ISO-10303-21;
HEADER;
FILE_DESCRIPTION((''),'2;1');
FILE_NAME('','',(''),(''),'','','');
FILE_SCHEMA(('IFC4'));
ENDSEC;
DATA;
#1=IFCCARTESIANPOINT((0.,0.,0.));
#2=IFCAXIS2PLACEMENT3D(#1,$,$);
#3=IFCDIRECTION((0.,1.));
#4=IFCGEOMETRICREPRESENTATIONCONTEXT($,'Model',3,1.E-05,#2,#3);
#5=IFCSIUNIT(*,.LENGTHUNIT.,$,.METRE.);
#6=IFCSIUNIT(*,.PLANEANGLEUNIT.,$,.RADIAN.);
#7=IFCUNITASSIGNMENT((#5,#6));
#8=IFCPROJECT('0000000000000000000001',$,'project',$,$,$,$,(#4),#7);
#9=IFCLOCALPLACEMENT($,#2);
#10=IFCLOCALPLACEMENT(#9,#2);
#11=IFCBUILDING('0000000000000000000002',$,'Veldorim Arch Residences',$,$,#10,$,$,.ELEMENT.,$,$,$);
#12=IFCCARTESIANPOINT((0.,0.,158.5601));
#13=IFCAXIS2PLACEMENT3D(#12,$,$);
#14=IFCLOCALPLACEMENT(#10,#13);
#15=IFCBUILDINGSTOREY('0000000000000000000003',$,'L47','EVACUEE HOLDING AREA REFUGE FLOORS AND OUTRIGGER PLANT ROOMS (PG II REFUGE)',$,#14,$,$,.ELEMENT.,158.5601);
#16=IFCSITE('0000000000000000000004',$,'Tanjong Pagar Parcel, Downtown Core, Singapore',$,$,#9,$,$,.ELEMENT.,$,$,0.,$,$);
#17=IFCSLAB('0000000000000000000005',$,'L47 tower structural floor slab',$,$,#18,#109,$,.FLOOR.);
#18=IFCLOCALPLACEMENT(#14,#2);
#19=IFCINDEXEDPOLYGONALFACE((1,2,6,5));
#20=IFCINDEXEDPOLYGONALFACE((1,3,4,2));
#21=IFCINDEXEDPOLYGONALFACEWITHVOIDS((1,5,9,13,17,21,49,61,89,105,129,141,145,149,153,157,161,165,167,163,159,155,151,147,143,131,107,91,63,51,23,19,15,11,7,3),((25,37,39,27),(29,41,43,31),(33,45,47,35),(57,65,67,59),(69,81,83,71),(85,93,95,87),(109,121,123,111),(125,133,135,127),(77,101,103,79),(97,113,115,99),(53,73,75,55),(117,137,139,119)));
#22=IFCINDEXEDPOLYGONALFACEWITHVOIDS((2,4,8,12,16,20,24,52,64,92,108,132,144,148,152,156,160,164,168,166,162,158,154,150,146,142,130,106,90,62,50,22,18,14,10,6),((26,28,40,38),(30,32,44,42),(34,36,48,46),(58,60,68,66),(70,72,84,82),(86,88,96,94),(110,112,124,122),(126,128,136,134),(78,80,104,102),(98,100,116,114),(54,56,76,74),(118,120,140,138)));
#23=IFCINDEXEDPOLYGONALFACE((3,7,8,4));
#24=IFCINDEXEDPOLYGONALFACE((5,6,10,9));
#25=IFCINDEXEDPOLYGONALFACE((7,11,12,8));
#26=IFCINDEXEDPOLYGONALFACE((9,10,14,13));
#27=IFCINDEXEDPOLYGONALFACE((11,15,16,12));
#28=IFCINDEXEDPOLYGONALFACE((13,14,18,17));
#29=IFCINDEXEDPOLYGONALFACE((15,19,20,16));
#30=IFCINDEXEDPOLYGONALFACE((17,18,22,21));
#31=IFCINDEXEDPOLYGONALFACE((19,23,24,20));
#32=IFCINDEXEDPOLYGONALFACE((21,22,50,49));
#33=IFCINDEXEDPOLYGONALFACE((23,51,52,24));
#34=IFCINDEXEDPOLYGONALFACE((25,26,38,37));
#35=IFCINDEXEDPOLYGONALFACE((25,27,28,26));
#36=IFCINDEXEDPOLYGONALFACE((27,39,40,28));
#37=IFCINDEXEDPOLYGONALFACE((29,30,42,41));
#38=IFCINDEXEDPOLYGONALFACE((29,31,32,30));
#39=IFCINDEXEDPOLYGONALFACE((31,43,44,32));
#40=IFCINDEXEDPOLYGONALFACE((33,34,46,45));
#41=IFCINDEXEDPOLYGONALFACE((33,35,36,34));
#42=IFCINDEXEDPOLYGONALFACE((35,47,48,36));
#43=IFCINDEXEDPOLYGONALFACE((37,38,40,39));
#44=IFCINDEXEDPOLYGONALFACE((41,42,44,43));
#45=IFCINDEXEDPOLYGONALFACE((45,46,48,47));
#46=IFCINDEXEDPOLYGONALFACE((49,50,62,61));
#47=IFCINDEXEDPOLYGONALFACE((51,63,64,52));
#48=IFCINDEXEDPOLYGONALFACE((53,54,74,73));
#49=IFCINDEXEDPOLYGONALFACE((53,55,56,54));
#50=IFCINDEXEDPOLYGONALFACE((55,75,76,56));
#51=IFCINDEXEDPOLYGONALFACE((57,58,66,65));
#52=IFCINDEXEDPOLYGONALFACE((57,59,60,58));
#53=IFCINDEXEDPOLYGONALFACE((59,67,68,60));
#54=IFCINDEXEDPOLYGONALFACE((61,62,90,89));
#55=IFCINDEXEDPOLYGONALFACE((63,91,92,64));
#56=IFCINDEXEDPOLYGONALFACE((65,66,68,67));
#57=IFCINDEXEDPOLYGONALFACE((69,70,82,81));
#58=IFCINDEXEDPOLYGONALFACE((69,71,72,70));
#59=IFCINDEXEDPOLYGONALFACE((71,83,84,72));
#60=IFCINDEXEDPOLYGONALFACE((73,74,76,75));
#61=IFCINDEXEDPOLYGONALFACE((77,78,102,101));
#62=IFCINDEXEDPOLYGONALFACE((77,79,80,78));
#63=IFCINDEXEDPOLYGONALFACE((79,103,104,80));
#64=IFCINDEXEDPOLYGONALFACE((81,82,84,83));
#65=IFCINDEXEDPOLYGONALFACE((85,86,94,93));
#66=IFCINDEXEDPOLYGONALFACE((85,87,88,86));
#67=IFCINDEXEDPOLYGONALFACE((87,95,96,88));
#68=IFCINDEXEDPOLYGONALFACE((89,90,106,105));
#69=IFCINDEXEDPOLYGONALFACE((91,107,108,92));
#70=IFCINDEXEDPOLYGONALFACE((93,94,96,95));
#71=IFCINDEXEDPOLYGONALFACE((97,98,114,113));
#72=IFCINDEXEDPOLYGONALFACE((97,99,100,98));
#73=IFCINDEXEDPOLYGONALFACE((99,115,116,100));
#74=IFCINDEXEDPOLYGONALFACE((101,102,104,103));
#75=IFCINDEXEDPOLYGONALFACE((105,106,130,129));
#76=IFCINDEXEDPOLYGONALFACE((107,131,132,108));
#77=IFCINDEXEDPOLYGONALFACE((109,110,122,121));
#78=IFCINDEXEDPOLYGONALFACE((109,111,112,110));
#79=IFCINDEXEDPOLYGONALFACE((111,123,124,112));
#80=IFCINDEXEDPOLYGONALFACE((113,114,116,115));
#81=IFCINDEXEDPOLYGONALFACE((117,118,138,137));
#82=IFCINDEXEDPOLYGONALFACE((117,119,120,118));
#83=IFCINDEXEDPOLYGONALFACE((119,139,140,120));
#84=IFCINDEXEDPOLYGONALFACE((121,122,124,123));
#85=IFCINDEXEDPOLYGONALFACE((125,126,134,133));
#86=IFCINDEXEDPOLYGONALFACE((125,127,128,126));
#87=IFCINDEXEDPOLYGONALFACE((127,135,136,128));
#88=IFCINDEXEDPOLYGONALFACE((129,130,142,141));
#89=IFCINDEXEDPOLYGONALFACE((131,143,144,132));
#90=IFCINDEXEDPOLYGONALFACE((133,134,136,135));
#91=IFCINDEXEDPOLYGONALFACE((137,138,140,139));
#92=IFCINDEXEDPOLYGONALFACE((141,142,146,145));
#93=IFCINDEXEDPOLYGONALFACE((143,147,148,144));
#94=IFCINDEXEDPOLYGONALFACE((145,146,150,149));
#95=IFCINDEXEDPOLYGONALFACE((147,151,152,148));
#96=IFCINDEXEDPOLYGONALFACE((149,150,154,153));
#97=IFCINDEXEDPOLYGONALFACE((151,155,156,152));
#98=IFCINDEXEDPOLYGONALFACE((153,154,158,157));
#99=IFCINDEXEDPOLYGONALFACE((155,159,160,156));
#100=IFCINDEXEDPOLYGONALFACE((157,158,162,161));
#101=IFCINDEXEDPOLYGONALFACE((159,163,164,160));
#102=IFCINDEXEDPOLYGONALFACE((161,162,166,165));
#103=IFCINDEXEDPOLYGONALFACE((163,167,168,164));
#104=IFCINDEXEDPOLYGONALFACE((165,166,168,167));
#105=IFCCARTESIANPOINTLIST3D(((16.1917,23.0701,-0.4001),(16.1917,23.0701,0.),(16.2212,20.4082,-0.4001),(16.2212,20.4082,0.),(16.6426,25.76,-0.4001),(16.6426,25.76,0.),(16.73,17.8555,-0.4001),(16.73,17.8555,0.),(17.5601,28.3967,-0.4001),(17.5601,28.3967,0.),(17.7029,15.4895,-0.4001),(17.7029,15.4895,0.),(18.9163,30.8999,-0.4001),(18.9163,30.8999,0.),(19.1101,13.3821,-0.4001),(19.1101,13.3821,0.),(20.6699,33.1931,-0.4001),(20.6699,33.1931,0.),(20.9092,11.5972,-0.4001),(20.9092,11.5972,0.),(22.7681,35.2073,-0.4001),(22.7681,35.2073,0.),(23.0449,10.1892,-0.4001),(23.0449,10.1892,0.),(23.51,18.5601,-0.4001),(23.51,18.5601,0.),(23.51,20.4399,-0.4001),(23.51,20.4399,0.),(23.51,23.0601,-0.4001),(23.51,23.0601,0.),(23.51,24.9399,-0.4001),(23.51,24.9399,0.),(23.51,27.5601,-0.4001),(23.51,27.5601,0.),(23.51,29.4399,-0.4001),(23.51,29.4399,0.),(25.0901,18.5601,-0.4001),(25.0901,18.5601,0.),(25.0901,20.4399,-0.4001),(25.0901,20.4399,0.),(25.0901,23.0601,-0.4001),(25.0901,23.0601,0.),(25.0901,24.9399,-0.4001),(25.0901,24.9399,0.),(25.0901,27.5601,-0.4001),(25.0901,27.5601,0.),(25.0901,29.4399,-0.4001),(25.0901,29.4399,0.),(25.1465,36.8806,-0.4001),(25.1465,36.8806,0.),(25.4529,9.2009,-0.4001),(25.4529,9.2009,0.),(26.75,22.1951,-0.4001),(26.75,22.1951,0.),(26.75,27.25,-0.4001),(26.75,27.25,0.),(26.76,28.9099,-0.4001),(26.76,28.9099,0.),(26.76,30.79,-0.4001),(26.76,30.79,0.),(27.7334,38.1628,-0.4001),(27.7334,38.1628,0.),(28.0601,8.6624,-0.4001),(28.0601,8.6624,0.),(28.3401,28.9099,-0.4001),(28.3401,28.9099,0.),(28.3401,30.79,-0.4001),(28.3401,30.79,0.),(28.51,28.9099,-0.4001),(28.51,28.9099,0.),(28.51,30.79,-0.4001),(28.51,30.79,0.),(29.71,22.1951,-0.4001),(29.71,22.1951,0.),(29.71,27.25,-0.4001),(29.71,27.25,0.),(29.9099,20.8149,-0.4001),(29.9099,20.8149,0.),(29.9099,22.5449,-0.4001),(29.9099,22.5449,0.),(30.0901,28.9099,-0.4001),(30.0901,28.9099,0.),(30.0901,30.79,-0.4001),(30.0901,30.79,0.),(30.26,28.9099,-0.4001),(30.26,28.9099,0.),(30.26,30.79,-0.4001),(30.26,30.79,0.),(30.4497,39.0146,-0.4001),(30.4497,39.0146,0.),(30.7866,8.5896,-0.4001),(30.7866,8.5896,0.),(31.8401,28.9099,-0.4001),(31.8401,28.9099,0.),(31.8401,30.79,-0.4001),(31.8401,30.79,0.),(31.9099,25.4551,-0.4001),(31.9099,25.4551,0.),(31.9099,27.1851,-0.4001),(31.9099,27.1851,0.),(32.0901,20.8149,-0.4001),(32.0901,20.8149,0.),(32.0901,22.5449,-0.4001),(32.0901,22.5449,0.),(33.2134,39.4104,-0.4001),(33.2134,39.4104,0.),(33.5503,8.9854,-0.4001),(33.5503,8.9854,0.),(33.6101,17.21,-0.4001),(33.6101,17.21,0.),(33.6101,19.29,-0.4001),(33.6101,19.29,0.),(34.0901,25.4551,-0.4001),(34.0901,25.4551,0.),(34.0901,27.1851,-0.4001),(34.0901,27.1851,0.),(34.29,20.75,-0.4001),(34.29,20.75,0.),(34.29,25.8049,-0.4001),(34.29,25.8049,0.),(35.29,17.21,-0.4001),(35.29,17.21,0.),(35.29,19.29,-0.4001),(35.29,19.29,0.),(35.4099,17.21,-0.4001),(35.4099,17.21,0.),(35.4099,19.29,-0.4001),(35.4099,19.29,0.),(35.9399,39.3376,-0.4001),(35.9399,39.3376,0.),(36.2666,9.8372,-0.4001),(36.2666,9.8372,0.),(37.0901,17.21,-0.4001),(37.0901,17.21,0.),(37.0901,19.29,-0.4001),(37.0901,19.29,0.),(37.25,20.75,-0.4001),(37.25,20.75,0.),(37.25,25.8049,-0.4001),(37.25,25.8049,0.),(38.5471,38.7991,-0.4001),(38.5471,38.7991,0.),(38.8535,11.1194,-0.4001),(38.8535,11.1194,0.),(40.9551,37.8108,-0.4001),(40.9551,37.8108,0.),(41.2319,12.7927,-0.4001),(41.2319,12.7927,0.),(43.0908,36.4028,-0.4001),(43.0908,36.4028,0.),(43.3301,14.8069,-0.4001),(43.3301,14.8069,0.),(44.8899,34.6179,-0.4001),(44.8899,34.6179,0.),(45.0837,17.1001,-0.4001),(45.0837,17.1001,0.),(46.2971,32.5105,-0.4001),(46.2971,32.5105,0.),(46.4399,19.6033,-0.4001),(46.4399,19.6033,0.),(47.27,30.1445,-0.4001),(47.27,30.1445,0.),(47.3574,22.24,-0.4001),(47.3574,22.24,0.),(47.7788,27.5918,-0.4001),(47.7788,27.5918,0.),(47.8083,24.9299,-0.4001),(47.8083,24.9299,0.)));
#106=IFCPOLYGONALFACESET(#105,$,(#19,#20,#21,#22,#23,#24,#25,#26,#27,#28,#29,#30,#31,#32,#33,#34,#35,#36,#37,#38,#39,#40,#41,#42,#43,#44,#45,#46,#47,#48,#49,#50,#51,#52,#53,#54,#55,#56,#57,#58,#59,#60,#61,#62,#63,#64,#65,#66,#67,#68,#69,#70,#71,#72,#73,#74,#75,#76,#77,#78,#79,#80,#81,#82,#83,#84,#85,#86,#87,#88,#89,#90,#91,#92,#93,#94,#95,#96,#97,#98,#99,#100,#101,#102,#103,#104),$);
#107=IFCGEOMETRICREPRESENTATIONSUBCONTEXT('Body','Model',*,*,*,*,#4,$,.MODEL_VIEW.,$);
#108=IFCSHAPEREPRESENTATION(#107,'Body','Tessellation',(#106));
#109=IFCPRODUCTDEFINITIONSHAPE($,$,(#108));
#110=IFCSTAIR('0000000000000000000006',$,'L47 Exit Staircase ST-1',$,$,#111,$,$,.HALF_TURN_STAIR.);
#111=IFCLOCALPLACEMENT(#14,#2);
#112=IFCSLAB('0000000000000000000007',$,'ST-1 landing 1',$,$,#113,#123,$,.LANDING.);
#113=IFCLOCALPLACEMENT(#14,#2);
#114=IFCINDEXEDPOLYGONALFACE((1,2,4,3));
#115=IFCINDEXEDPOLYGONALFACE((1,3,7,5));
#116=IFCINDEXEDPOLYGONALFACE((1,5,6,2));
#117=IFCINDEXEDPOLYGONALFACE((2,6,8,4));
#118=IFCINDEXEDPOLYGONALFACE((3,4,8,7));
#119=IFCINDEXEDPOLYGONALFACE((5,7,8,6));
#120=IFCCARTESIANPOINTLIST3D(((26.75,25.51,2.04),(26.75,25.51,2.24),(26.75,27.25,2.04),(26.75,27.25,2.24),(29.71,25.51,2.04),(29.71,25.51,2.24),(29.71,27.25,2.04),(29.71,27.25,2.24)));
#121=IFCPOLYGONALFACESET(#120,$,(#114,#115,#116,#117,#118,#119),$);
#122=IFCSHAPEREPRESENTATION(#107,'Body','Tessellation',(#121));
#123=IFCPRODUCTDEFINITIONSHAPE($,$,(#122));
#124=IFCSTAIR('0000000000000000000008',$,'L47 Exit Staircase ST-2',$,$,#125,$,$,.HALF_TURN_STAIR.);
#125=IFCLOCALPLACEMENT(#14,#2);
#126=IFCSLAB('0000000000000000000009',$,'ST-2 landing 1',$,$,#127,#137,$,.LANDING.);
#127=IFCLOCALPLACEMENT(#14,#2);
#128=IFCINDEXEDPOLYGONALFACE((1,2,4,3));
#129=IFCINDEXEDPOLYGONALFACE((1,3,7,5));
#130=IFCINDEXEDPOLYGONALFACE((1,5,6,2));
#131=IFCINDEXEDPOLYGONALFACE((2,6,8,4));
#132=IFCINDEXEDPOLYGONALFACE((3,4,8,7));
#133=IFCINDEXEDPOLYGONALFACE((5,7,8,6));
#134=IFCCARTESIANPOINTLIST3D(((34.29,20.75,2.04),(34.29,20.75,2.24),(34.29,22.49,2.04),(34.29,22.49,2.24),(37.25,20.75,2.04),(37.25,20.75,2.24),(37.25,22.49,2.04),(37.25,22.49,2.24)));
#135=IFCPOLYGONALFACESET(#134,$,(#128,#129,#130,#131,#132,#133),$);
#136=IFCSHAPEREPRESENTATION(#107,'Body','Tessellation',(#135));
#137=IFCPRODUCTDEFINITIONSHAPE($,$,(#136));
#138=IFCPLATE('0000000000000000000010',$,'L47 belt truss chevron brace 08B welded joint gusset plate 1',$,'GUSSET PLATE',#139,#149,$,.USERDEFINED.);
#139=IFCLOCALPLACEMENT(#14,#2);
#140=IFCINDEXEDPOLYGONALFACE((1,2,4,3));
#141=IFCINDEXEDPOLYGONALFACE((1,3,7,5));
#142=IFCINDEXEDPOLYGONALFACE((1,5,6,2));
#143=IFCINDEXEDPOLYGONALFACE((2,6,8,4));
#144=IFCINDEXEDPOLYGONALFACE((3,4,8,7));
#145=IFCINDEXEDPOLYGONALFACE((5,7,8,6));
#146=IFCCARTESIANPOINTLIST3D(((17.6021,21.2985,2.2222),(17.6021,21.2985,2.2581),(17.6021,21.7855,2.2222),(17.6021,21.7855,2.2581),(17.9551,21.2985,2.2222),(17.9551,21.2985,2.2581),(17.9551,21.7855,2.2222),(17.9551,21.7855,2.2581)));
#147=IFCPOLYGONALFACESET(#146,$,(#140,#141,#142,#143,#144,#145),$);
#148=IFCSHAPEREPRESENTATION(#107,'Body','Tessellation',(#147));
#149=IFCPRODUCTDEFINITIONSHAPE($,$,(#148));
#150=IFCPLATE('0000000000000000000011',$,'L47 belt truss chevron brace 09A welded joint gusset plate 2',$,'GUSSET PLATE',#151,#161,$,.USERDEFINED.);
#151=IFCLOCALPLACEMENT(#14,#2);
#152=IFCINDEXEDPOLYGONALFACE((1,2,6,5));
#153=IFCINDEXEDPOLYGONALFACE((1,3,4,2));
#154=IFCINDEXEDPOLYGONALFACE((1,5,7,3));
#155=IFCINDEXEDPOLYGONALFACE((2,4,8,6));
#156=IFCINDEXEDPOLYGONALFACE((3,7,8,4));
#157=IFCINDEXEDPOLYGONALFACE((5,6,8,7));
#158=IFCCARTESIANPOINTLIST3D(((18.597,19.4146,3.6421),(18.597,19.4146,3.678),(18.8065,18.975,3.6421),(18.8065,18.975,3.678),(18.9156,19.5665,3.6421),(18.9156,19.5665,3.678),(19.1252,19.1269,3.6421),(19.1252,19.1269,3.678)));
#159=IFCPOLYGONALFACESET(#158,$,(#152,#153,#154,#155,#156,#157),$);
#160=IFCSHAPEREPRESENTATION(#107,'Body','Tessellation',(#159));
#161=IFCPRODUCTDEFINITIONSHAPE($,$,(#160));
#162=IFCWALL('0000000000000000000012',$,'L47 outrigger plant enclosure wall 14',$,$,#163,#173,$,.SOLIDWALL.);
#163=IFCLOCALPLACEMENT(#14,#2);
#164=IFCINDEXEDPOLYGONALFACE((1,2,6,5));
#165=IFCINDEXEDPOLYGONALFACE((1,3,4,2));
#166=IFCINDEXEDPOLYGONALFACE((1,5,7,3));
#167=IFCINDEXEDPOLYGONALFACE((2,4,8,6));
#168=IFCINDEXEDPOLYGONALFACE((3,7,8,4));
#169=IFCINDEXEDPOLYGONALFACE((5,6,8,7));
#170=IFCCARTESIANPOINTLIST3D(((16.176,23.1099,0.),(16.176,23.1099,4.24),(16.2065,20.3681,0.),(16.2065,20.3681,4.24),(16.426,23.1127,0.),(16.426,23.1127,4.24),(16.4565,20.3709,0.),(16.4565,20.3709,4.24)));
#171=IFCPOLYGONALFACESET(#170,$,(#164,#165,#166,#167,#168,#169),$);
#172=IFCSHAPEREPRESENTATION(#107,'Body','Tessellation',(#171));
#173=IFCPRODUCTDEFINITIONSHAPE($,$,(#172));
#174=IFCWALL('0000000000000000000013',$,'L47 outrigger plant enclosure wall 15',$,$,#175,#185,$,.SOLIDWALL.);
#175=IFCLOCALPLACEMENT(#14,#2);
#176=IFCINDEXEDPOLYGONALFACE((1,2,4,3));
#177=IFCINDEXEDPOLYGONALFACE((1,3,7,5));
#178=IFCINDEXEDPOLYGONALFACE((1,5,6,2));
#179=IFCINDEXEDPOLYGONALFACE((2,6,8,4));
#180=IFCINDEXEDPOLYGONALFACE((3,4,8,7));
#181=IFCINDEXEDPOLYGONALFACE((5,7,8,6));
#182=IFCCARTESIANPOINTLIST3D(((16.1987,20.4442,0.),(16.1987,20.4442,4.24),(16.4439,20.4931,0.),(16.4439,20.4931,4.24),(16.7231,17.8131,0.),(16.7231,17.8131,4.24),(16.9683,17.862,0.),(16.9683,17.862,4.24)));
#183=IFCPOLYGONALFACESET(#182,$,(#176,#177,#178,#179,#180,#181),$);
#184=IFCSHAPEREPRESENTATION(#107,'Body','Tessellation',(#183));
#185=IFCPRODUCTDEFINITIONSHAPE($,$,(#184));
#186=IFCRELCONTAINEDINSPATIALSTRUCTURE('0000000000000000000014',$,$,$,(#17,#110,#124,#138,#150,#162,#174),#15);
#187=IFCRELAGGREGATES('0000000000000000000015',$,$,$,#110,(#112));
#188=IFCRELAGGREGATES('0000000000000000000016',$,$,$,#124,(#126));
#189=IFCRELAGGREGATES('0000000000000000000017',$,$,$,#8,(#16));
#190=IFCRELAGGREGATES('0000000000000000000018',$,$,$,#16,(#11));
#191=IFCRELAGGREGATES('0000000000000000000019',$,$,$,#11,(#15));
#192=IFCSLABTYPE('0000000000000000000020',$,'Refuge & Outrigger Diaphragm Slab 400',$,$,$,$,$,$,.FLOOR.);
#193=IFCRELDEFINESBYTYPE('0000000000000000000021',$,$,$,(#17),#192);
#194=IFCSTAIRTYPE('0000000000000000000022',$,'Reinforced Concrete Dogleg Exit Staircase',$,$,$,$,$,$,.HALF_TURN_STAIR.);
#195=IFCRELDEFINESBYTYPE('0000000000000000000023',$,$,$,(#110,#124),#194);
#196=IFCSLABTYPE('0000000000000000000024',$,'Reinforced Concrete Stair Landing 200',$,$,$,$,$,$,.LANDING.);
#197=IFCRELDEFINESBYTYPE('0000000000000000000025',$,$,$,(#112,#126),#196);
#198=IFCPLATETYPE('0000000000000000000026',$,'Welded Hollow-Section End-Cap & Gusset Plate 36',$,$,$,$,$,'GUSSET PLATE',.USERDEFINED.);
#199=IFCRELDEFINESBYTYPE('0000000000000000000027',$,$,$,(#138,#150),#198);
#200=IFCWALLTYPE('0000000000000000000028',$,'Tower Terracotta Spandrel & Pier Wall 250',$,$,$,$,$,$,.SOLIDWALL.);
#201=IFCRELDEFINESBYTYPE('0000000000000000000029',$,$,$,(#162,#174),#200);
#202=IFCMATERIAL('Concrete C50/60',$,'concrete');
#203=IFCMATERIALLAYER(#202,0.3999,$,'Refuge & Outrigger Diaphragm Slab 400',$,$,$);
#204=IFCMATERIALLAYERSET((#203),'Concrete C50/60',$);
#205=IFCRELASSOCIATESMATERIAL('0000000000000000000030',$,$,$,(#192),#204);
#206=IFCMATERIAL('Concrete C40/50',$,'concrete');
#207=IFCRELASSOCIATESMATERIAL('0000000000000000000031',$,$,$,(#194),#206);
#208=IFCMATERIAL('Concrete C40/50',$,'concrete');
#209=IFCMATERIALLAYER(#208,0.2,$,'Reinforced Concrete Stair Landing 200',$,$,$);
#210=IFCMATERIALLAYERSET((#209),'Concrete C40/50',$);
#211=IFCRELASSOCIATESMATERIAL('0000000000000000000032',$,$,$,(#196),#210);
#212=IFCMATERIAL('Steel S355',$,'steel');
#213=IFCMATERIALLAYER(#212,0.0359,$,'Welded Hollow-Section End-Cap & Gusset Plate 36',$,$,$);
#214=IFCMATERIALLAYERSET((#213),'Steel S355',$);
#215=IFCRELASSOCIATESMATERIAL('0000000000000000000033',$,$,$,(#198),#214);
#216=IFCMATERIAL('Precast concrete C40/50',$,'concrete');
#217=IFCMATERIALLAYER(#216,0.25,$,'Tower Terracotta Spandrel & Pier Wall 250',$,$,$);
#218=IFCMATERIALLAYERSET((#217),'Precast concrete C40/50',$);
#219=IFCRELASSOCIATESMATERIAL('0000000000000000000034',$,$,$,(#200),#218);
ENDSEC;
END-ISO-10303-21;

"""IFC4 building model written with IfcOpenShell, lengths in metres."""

from ifc_helpers import new_model, si_unit, direction, frame, frame_2d, origin, origin_2d, place, context, subcontext, project, spatial, polyline, rectangle, outline, extrude, material, layer, layer_set, type_object, element, aggregate, save


model = new_model("IFC4")

# Units and contexts
model_context = context("Model", 3, precision=1e-05, world=origin(), true_north=direction((0.0, 1.0)))
body_context = subcontext(model_context, "Body", "Model", "MODEL_VIEW")
ifc_project = project(units=[si_unit("LENGTHUNIT", "METRE"), si_unit("PLANEANGLEUNIT", "RADIAN")], contexts=[model_context])

# Site, building, storey
site_placement = place(None, origin())
site = spatial("IfcSite", under=ifc_project, at=site_placement, Name="Tanjong Pagar Parcel, Downtown Core, Singapore", CompositionType="ELEMENT", RefElevation=0.0)
building_placement = place(site_placement, origin())
building = spatial("IfcBuilding", under=site, at=building_placement, Name="Veldorim Arch Residences", CompositionType="ELEMENT")
storey_placement = place(building_placement, frame((0.0, 0.0, 158.5601)))
storey = spatial("IfcBuildingStorey", under=building, at=storey_placement, Name="L47", Description="EVACUEE HOLDING AREA REFUGE FLOORS AND OUTRIGGER PLANT ROOMS (PG II REFUGE)", CompositionType="ELEMENT", Elevation=158.5601)

# Slab
ifc_material_1 = material(Name="Concrete C50/60", Category="concrete")
ifc_layer_1 = layer(ifc_material_1, 0.3999, Name="Refuge & Outrigger Diaphragm Slab 400")
ifc_layer_set_1 = layer_set([ifc_layer_1], Name="Concrete C50/60")
slab_type_1 = type_object("IfcSlabType", Name="Refuge & Outrigger Diaphragm Slab 400", PredefinedType="FLOOR", material=ifc_layer_set_1)
slab_1_placement = place(storey_placement, frame((0.0, 0.0, -0.4001)))
element("IfcSlab", 1, at=slab_1_placement, inside=storey, type_object=slab_type_1, Name="L47 tower structural floor slab", PredefinedType="FLOOR", context=body_context, shape_type="SweptSolid", body=[
    extrude(outline(polyline([(44.8899, 34.6179), (43.0908, 36.4028), (40.9551, 37.8108), (38.5471, 38.7991), (35.9399, 39.3376), (33.2134, 39.4104), (30.4497, 39.0146), (27.7334, 38.1628), (25.1465, 36.8806), (22.7681, 35.2073), (20.6699, 33.1931), (18.9163, 30.8999), (17.5601, 28.3967), (16.6426, 25.76), (16.1917, 23.0701), (16.2212, 20.4082), (16.73, 17.8555), (17.7029, 15.4895), (19.1101, 13.3821), (20.9092, 11.5972), (23.0449, 10.1892), (25.4529, 9.2009), (28.0601, 8.6624), (30.7866, 8.5896), (33.5503, 8.9854), (36.2666, 9.8372), (38.8535, 11.1194), (41.2319, 12.7927), (43.3301, 14.8069), (45.0837, 17.1001), (46.4399, 19.6033), (47.3574, 22.24), (47.8083, 24.9299), (47.7788, 27.5918), (47.27, 30.1445), (46.2971, 32.5105), (44.8899, 34.6179)]), holes=[polyline([(23.51, 18.5601), (23.51, 20.4399), (25.0901, 20.4399), (25.0901, 18.5601), (23.51, 18.5601)]), polyline([(23.51, 24.9399), (25.0901, 24.9399), (25.0901, 23.0601), (23.51, 23.0601), (23.51, 24.9399)]), polyline([(26.75, 27.25), (29.71, 27.25), (29.71, 22.1951), (26.75, 22.1951), (26.75, 27.25)]), polyline([(23.51, 27.5601), (23.51, 29.4399), (25.0901, 29.4399), (25.0901, 27.5601), (23.51, 27.5601)]), polyline([(26.76, 30.79), (28.3401, 30.79), (28.3401, 28.9099), (26.76, 28.9099), (26.76, 30.79)]), polyline([(28.51, 30.79), (30.0901, 30.79), (30.0901, 28.9099), (28.51, 28.9099), (28.51, 30.79)]), polyline([(33.6101, 17.21), (33.6101, 19.29), (35.29, 19.29), (35.29, 17.21), (33.6101, 17.21)]), polyline([(35.4099, 19.29), (37.0901, 19.29), (37.0901, 17.21), (35.4099, 17.21), (35.4099, 19.29)]), polyline([(29.9099, 22.5449), (32.0901, 22.5449), (32.0901, 20.8149), (29.9099, 20.8149), (29.9099, 22.5449)]), polyline([(34.29, 20.75), (34.29, 25.8049), (37.25, 25.8049), (37.25, 20.75), (34.29, 20.75)]), polyline([(31.9099, 27.1851), (34.0901, 27.1851), (34.0901, 25.4551), (31.9099, 25.4551), (31.9099, 27.1851)]), polyline([(30.26, 30.79), (31.8401, 30.79), (31.8401, 28.9099), (30.26, 28.9099), (30.26, 30.79)])]), origin(), (0.0, 0.0, 1.0), 0.4001),
])

# Stairs, slabs
ifc_material_2 = material(Name="Concrete C40/50", Category="concrete")
stair_type = type_object("IfcStairType", Name="Reinforced Concrete Dogleg Exit Staircase", PredefinedType="HALF_TURN_STAIR", material=ifc_material_2)
stair_1_placement = place(storey_placement, origin())
stair_1 = element("IfcStair", 2, at=stair_1_placement, inside=storey, type_object=stair_type, Name="L47 Exit Staircase ST-1", PredefinedType="HALF_TURN_STAIR")
ifc_material_3 = material(Name="Concrete C40/50", Category="concrete")
ifc_layer_2 = layer(ifc_material_3, 0.2, Name="Reinforced Concrete Stair Landing 200")
ifc_layer_set_2 = layer_set([ifc_layer_2], Name="Concrete C40/50")
slab_type_2 = type_object("IfcSlabType", Name="Reinforced Concrete Stair Landing 200", PredefinedType="LANDING", material=ifc_layer_set_2)
slab_2_placement = place(storey_placement, frame((0.0, 0.0, 2.04)))
slab_2 = element("IfcSlab", 3, at=slab_2_placement, type_object=slab_type_2, Name="ST-1 landing 1", PredefinedType="LANDING", context=body_context, shape_type="SweptSolid", body=[
    extrude(outline(polyline([(29.71, 25.51), (29.71, 27.25), (26.75, 27.25), (26.75, 25.51), (29.71, 25.51)])), origin(), (0.0, 0.0, 1.0), 0.2),
])
aggregate(stair_1, [slab_2])
stair_2_placement = place(storey_placement, origin())
stair_2 = element("IfcStair", 4, at=stair_2_placement, inside=storey, type_object=stair_type, Name="L47 Exit Staircase ST-2", PredefinedType="HALF_TURN_STAIR")
slab_3_placement = place(storey_placement, frame((0.0, 0.0, 2.04)))
slab_3 = element("IfcSlab", 5, at=slab_3_placement, type_object=slab_type_2, Name="ST-2 landing 1", PredefinedType="LANDING", context=body_context, shape_type="SweptSolid", body=[
    extrude(outline(polyline([(34.29, 22.49), (34.29, 20.75), (37.25, 20.75), (37.25, 22.49), (34.29, 22.49)])), origin(), (0.0, 0.0, 1.0), 0.2),
])
aggregate(stair_2, [slab_3])

# Plates
ifc_material_4 = material(Name="Steel S355", Category="steel")
ifc_layer_3 = layer(ifc_material_4, 0.0359, Name="Welded Hollow-Section End-Cap & Gusset Plate 36")
ifc_layer_set_3 = layer_set([ifc_layer_3], Name="Steel S355")
plate_type = type_object("IfcPlateType", Name="Welded Hollow-Section End-Cap & Gusset Plate 36", ElementType="GUSSET PLATE", PredefinedType="USERDEFINED", material=ifc_layer_set_3)
for number, where, z_axis, x_axis, name in (
    (6, (17.7786, 21.542, 2.2222), (0.0, 0.0, 1.0), (0.0, 1.0, 0.0), "L47 belt truss chevron brace 08B welded joint gusset plate 1"),
    (7, (18.8611, 19.2708, 3.6421), (0.0, 0.0, 1.0), (0.430291, -0.90269, 0.0), "L47 belt truss chevron brace 09A welded joint gusset plate 2"),
):
    element("IfcPlate", number, at=place(storey_placement, frame(where, z_axis=z_axis, x_axis=x_axis)), inside=storey, type_object=plate_type, Name=name, ObjectType="GUSSET PLATE", PredefinedType="USERDEFINED", context=body_context, shape_type="SweptSolid", body=[
        extrude(rectangle(XDim=0.4871, YDim=0.353, at=origin_2d()), origin(), (0.0, 0.0, 1.0), 0.0359),
    ])

# Walls
ifc_material_5 = material(Name="Precast concrete C40/50", Category="concrete")
ifc_layer_4 = layer(ifc_material_5, 0.25, Name="Tower Terracotta Spandrel & Pier Wall 250")
ifc_layer_set_4 = layer_set([ifc_layer_4], Name="Precast concrete C40/50")
wall_type = type_object("IfcWallType", Name="Tower Terracotta Spandrel & Pier Wall 250", PredefinedType="SOLIDWALL", material=ifc_layer_set_4)
wall_1_placement = place(storey_placement, frame((16.3315, 20.3694, 0.0), z_axis=(0.0, 0.0, 1.0), x_axis=(-0.01113, 0.999938, 0.0)))
element("IfcWall", 8, at=wall_1_placement, inside=storey, type_object=wall_type, Name="L47 outrigger plant enclosure wall 14", PredefinedType="SOLIDWALL", context=body_context, shape_type="SweptSolid", body=[
    extrude(rectangle(XDim=2.7419, YDim=0.25, at=frame_2d((1.3711, 0.0))), origin(), (0.0, 0.0, 1.0), 4.24),
])
wall_2_placement = place(storey_placement, frame((16.8457, 17.8376, 0.0), z_axis=(0.0, 0.0, 1.0), x_axis=(-0.195469, 0.98071, 0.0)))
element("IfcWall", 9, at=wall_2_placement, inside=storey, type_object=wall_type, Name="L47 outrigger plant enclosure wall 15", PredefinedType="SOLIDWALL", context=body_context, shape_type="SweptSolid", body=[
    extrude(rectangle(XDim=2.6829, YDim=0.25, at=frame_2d((1.3413, 0.0))), origin(), (0.0, 0.0, 1.0), 4.24),
])

save(model, "model.ifc")
